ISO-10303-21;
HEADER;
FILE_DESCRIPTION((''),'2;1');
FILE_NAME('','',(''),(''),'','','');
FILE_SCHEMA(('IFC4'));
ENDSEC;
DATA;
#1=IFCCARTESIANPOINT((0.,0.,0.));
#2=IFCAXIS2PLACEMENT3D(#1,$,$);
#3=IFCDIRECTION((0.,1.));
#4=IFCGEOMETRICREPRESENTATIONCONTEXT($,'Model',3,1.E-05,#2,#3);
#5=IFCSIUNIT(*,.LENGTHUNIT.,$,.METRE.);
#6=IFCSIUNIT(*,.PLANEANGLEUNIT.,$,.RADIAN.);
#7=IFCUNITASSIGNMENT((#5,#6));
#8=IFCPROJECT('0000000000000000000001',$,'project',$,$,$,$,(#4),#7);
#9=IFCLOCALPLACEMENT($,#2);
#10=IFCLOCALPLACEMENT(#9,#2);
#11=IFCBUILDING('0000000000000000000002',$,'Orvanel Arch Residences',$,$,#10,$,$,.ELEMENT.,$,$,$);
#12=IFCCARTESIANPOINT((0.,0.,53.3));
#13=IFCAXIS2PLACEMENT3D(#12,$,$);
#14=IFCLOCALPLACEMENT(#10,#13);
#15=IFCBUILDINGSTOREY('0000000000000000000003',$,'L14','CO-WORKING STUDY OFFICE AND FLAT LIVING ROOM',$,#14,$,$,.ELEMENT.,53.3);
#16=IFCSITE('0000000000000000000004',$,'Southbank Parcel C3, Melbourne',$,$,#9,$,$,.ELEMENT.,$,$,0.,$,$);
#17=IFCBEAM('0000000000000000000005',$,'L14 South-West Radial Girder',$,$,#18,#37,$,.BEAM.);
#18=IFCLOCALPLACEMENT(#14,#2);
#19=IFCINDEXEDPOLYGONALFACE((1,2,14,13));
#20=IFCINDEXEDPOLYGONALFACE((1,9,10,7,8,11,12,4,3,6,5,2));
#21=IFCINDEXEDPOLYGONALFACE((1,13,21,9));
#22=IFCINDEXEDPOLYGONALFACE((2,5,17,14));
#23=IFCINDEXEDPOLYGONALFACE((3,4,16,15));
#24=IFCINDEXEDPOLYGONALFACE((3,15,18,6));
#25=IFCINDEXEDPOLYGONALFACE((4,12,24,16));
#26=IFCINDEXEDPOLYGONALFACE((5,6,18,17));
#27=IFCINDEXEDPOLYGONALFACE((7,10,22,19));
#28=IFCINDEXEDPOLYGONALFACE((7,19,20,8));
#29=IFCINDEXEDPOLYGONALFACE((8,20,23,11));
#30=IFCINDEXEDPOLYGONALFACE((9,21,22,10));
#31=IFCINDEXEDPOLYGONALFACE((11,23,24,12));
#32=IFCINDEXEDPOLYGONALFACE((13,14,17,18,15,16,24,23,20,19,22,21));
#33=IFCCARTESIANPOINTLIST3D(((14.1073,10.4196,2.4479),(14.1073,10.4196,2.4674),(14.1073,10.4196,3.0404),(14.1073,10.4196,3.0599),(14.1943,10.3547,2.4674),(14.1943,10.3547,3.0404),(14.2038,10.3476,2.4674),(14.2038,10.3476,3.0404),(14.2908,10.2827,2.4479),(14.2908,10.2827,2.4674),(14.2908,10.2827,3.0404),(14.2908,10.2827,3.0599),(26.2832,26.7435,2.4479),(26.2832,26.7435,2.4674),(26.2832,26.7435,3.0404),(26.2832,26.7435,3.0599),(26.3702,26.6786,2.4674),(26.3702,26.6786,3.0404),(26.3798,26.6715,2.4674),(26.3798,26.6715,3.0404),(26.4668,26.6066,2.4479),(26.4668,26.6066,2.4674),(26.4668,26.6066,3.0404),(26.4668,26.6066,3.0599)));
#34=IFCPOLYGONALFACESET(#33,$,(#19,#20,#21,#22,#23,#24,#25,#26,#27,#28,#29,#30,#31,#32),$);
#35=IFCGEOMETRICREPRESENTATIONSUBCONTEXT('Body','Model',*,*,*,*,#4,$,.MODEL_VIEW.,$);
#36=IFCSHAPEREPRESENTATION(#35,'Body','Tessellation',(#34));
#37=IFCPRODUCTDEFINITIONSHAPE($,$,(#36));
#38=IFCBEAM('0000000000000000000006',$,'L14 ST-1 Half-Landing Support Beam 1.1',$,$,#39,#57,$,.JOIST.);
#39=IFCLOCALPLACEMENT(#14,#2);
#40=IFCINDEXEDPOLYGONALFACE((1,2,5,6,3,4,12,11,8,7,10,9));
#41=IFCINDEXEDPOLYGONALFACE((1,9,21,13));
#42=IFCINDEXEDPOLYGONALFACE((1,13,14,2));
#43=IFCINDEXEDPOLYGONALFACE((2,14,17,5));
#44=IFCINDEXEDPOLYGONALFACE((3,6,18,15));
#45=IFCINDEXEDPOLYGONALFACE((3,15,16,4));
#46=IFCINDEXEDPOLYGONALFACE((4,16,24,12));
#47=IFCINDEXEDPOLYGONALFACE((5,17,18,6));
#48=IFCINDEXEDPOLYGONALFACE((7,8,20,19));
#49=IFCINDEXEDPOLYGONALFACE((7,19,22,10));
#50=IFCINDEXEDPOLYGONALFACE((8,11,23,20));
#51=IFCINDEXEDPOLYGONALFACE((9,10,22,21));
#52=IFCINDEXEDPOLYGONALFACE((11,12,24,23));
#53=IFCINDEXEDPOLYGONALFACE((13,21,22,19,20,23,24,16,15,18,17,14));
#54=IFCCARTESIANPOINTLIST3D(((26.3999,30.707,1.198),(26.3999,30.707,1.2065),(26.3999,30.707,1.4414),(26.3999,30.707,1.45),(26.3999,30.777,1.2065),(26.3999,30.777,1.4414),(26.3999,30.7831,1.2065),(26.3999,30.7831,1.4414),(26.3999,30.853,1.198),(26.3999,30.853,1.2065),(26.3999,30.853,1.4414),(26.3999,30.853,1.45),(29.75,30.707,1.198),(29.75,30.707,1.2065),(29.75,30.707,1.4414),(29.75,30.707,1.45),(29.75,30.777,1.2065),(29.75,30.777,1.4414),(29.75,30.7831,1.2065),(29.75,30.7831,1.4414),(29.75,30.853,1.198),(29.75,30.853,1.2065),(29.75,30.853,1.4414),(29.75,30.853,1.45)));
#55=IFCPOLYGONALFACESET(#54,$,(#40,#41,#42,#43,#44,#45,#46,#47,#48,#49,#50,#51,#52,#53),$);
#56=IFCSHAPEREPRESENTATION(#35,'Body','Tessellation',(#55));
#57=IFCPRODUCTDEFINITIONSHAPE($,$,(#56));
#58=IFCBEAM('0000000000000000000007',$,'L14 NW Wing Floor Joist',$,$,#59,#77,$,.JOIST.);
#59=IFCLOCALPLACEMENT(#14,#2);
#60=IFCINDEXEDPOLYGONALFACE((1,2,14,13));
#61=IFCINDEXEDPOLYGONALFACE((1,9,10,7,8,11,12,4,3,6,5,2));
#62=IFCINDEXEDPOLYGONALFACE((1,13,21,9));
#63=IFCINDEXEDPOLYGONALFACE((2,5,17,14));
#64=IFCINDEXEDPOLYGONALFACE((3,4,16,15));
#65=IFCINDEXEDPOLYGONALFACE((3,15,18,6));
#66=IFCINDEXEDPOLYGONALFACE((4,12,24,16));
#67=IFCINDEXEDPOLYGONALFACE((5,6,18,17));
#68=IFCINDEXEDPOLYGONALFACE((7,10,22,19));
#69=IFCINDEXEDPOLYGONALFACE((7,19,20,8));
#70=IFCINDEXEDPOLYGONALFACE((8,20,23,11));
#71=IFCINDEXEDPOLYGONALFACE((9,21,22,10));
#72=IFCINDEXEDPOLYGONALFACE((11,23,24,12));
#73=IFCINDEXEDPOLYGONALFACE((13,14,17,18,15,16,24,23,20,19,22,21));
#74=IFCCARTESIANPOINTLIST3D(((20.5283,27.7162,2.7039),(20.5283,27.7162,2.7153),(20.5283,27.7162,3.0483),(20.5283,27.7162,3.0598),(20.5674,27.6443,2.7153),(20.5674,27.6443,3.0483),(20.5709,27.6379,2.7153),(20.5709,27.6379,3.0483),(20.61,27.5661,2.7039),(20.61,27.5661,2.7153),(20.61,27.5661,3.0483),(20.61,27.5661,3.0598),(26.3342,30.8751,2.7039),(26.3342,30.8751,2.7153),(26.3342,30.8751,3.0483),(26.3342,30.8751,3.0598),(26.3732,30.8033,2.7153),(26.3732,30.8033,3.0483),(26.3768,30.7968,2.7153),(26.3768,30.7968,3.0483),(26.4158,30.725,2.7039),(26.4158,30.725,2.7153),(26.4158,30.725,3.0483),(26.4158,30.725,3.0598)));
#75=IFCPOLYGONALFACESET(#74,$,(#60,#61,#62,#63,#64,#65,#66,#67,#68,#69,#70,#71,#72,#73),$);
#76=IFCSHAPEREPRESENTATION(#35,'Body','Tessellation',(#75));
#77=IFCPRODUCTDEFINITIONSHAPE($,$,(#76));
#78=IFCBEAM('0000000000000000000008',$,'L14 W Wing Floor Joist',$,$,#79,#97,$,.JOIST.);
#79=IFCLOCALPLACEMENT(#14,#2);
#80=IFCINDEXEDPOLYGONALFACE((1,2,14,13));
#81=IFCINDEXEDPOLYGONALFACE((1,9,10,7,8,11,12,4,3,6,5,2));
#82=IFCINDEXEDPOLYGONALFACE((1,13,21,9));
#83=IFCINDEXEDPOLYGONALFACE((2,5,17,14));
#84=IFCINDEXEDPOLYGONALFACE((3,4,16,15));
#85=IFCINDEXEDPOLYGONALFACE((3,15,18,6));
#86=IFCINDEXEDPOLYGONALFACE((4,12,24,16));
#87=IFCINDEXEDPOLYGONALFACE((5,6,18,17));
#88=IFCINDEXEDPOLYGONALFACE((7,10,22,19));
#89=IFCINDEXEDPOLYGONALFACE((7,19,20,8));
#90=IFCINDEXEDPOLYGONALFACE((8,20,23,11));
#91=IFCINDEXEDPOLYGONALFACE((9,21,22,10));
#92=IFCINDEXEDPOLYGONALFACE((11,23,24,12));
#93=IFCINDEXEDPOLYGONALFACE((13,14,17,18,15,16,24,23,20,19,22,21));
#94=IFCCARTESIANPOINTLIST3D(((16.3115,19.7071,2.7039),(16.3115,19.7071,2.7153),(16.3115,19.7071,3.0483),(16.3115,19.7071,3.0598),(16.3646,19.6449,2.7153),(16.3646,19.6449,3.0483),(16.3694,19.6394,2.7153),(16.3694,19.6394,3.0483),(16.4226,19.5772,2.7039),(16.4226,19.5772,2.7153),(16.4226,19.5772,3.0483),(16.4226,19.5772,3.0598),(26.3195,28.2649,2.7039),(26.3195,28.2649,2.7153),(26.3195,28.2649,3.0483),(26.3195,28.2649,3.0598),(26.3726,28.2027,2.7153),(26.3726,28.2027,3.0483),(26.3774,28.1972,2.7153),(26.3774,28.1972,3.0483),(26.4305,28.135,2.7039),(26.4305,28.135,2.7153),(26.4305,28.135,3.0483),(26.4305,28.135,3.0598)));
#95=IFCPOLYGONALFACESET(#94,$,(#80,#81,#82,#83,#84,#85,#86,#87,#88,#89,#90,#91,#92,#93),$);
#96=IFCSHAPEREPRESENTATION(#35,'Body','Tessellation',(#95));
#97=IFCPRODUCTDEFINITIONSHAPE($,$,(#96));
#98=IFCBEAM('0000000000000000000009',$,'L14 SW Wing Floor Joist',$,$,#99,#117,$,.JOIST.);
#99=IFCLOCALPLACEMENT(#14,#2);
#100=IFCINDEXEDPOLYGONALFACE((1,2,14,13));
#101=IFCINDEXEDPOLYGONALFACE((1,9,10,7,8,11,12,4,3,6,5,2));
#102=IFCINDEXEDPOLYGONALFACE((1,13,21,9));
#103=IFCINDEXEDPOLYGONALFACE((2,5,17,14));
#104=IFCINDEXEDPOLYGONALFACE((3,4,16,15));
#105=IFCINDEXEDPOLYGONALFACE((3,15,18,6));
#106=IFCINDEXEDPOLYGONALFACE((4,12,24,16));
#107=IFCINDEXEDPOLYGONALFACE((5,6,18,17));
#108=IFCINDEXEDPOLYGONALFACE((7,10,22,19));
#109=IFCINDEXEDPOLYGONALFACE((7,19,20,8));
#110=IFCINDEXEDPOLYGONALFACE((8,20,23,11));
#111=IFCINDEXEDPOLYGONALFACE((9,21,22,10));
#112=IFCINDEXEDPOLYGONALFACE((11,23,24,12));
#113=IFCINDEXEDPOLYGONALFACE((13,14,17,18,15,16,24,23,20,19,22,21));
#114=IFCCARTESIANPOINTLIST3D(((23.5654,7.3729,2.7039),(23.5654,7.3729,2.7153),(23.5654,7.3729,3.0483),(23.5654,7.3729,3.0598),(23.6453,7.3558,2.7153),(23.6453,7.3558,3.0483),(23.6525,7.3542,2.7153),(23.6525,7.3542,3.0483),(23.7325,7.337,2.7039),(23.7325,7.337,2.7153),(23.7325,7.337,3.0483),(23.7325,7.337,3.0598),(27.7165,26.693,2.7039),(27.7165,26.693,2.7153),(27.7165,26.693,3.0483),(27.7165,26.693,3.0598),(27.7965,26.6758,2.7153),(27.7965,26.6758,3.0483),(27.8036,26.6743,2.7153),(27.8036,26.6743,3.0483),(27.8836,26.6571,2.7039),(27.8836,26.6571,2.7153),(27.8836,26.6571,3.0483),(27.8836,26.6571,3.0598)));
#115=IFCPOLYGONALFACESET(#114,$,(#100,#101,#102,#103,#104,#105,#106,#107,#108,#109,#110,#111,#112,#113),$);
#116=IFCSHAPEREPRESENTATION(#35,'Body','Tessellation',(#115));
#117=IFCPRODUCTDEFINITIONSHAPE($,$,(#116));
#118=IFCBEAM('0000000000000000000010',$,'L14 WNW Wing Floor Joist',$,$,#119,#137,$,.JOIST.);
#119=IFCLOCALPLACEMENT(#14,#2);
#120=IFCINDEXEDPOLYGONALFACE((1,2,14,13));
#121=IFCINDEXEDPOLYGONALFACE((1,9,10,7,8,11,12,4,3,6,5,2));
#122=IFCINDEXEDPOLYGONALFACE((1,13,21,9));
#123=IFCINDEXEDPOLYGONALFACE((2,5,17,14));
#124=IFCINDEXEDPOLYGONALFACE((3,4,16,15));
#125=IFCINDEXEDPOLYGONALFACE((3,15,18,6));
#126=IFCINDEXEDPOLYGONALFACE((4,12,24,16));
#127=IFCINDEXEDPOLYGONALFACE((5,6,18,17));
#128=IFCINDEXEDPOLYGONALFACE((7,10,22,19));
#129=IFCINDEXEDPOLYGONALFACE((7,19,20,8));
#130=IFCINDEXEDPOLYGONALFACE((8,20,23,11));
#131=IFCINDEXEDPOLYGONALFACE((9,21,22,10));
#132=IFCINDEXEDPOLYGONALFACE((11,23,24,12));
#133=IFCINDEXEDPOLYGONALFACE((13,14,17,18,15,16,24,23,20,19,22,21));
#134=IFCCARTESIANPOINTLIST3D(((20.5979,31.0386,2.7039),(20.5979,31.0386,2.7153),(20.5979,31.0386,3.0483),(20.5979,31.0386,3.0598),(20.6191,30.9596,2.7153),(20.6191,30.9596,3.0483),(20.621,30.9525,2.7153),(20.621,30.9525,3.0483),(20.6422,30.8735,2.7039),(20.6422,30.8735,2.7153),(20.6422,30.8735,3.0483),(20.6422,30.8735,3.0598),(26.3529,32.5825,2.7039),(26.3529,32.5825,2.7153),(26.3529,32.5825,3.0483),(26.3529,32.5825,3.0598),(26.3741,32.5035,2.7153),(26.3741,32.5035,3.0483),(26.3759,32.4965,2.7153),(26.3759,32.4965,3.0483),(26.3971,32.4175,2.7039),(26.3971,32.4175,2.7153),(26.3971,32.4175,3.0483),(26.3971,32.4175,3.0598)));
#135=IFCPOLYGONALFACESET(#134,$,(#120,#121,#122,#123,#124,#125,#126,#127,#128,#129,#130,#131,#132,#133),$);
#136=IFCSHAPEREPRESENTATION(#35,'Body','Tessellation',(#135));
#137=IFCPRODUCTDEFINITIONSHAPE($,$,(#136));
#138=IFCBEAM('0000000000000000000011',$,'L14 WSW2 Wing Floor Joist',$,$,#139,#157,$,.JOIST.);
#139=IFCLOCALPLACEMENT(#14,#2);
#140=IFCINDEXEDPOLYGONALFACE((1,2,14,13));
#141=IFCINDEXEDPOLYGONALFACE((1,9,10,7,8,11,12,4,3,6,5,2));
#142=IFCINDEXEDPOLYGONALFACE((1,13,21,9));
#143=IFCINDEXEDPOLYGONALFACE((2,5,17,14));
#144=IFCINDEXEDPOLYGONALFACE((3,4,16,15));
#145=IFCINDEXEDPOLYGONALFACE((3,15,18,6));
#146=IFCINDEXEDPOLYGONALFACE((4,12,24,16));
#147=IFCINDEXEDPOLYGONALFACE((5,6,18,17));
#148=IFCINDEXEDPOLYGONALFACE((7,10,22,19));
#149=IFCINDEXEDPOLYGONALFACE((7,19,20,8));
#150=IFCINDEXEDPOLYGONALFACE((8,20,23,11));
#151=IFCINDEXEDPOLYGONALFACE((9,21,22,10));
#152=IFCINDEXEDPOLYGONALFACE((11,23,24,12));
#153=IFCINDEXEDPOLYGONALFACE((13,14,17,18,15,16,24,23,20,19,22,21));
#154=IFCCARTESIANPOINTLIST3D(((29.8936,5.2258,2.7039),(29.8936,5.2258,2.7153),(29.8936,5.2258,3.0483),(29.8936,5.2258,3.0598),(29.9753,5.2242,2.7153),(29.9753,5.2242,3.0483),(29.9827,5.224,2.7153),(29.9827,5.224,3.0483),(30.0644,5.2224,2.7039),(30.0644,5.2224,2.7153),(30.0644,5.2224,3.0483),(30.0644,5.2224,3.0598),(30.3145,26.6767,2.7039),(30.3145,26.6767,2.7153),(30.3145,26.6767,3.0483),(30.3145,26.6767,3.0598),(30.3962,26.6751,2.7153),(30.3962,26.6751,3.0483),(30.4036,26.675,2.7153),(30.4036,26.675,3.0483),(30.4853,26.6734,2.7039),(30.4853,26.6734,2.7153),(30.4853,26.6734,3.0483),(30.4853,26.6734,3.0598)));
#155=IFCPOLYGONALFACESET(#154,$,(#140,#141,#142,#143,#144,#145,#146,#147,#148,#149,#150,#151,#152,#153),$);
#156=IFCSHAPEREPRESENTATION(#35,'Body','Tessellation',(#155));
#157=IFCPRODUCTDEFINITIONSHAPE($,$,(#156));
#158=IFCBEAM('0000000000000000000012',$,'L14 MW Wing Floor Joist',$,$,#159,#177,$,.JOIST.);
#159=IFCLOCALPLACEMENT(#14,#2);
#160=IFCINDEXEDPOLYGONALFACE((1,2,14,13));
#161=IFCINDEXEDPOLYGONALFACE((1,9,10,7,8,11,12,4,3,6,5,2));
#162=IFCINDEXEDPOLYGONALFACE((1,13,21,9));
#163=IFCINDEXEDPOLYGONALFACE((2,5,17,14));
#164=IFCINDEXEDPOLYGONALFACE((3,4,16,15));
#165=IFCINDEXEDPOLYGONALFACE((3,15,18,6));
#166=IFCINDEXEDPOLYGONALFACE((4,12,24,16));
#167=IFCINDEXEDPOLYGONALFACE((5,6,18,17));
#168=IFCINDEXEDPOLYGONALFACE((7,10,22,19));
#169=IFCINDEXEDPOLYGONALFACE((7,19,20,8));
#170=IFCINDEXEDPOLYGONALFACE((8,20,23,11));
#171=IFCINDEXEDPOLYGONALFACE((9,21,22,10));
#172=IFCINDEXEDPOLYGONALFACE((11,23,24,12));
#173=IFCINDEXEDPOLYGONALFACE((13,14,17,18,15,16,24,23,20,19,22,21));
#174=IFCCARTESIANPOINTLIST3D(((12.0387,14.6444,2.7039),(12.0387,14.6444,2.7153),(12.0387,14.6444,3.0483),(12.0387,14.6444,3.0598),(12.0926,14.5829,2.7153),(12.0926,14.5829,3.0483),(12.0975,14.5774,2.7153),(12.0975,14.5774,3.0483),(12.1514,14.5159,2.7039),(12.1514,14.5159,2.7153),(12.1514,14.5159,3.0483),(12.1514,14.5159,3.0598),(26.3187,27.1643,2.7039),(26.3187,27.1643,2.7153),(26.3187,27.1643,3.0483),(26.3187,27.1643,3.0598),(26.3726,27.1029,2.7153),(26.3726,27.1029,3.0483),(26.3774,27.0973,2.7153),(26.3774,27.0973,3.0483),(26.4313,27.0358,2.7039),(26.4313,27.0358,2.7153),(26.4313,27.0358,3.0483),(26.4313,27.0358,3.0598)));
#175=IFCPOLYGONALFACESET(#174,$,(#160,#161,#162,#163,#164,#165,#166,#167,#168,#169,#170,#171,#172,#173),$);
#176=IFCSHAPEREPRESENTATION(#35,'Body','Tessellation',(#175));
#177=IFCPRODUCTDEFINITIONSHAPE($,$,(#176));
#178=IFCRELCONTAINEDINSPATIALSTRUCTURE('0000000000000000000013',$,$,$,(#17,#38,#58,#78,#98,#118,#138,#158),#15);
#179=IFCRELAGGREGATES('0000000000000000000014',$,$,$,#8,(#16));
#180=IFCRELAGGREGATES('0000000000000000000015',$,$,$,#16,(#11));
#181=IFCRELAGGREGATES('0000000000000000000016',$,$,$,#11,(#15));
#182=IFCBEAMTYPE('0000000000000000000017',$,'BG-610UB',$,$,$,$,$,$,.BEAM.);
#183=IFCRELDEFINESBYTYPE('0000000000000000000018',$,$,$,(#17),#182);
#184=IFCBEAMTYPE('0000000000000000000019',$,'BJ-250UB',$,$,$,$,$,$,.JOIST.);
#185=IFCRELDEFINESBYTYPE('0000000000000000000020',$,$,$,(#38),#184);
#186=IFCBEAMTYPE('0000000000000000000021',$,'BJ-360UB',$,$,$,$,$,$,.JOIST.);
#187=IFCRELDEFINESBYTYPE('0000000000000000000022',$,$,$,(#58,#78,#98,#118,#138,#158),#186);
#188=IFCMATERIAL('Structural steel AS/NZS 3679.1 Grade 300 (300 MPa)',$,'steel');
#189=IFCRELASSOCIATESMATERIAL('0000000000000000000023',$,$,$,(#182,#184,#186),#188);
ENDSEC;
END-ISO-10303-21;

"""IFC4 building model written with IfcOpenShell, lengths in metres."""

from ifc_helpers import new_model, si_unit, direction, frame, origin, origin_2d, place, context, subcontext, project, spatial, i_section, extrude, material, material_profile, profile_set, type_object, element, save


model = new_model("IFC4")

# Units and contexts
model_context = context("Model", 3, precision=1e-05, world=origin(), true_north=direction((0.0, 1.0)))
body_context = subcontext(model_context, "Body", "Model", "MODEL_VIEW")
ifc_project = project(units=[si_unit("LENGTHUNIT", "METRE"), si_unit("PLANEANGLEUNIT", "RADIAN")], contexts=[model_context])

# Site, building, storey
site_placement = place(None, origin())
site = spatial("IfcSite", under=ifc_project, at=site_placement, Name="Southbank Parcel C3, Melbourne", CompositionType="ELEMENT", RefElevation=0.0)
building_placement = place(site_placement, origin())
building = spatial("IfcBuilding", under=site, at=building_placement, Name="Orvanel Arch Residences", CompositionType="ELEMENT")
storey_placement = place(building_placement, frame((0.0, 0.0, 53.3)))
storey = spatial("IfcBuildingStorey", under=building, at=storey_placement, Name="L14", Description="CO-WORKING STUDY OFFICE AND FLAT LIVING ROOM", CompositionType="ELEMENT", Elevation=53.3)

# Beams
ifc_material_1 = material(Name="Structural steel AS/NZS 3679.1 Grade 300 (300 MPa)", Category="steel")
ifc_material_profile_1 = material_profile(ifc_material_1, i_section(OverallWidth=0.229, OverallDepth=0.6121, WebThickness=0.012, FlangeThickness=0.0195, at=origin_2d()), Name="610UB125")
ifc_profile_set_1 = profile_set([ifc_material_profile_1], Name="Structural steel AS/NZS 3679.1 Grade 300 (300 MPa)")
beam_type_1 = type_object("IfcBeamType", Name="BG-610UB", PredefinedType="BEAM", material=ifc_profile_set_1)
beam_1_placement = place(storey_placement, frame((26.375, 26.675, 2.7539), z_axis=(-0.597894, -0.801575, 0.0), x_axis=(0.801575, -0.597894, 0.0)))
element("IfcBeam", 1, at=beam_1_placement, inside=storey, type_object=beam_type_1, Name="L14 South-West Radial Girder", PredefinedType="BEAM", context=body_context, shape_type="SweptSolid", body=[
    extrude(i_section(OverallWidth=0.229, OverallDepth=0.6121, WebThickness=0.012, FlangeThickness=0.0195, at=origin_2d()), origin(), (0.0, 0.0, 1.0), 20.3647),
])
ifc_material_profile_2 = material_profile(ifc_material_1, i_section(OverallWidth=0.146, OverallDepth=0.252, WebThickness=0.0061, FlangeThickness=0.0085, at=origin_2d()), Name="250UB31.4")
ifc_profile_set_2 = profile_set([ifc_material_profile_2], Name="Structural steel AS/NZS 3679.1 Grade 300 (300 MPa)")
beam_type_2 = type_object("IfcBeamType", Name="BJ-250UB", PredefinedType="JOIST", material=ifc_profile_set_2)
beam_2_placement = place(storey_placement, frame((26.3999, 30.78, 1.324), z_axis=(1.0, 0.0, 0.0), x_axis=(0.0, 1.0, 0.0)))
element("IfcBeam", 2, at=beam_2_placement, inside=storey, type_object=beam_type_2, Name="L14 ST-1 Half-Landing Support Beam 1.1", PredefinedType="JOIST", context=body_context, shape_type="SweptSolid", body=[
    extrude(i_section(OverallWidth=0.146, OverallDepth=0.252, WebThickness=0.0061, FlangeThickness=0.0085, at=origin_2d()), origin(), (0.0, 0.0, 1.0), 3.3501),
])
ifc_material_profile_3 = material_profile(ifc_material_1, i_section(OverallWidth=0.1709, OverallDepth=0.356, WebThickness=0.0073, FlangeThickness=0.0115, at=origin_2d()), Name="360UB50.7")
ifc_profile_set_3 = profile_set([ifc_material_profile_3], Name="Structural steel AS/NZS 3679.1 Grade 300 (300 MPa)")
beam_type_3 = type_object("IfcBeamType", Name="BJ-360UB", PredefinedType="JOIST", material=ifc_profile_set_3)
beam_3_placement = place(storey_placement, frame((26.375, 30.8, 2.8818), z_axis=(-0.878399, -0.477928, 0.0), x_axis=(0.477928, -0.878399, 0.0)))
element("IfcBeam", 3, at=beam_3_placement, inside=storey, type_object=beam_type_3, Name="L14 NW Wing Floor Joist", PredefinedType="JOIST", context=body_context, shape_type="SweptSolid", body=[
    extrude(i_section(OverallWidth=0.1709, OverallDepth=0.356, WebThickness=0.0073, FlangeThickness=0.0115, at=origin_2d()), origin(), (0.0, 0.0, 1.0), 6.6096),
])
beam_4_placement = place(storey_placement, frame((26.375, 28.2, 2.8818), z_axis=(-0.760024, -0.649895, 0.0), x_axis=(0.649895, -0.760024, 0.0)))
element("IfcBeam", 4, at=beam_4_placement, inside=storey, type_object=beam_type_3, Name="L14 W Wing Floor Joist", PredefinedType="JOIST", context=body_context, shape_type="SweptSolid", body=[
    extrude(i_section(OverallWidth=0.1709, OverallDepth=0.356, WebThickness=0.0073, FlangeThickness=0.0115, at=origin_2d()), origin(), (0.0, 0.0, 1.0), 13.168),
])
beam_5_placement = place(storey_placement, frame((27.8, 26.675, 2.8818), z_axis=(-0.210067, -0.977687, 0.0), x_axis=(0.977687, -0.210067, 0.0)))
element("IfcBeam", 5, at=beam_5_placement, inside=storey, type_object=beam_type_3, Name="L14 SW Wing Floor Joist", PredefinedType="JOIST", context=body_context, shape_type="SweptSolid", body=[
    extrude(i_section(OverallWidth=0.1709, OverallDepth=0.356, WebThickness=0.0073, FlangeThickness=0.0115, at=origin_2d()), origin(), (0.0, 0.0, 1.0), 19.761),
])
beam_6_placement = place(storey_placement, frame((26.375, 32.5, 2.8818), z_axis=(-0.965845, -0.259121, 0.0), x_axis=(0.259121, -0.965845, 0.0)))
element("IfcBeam", 6, at=beam_6_placement, inside=storey, type_object=beam_type_3, Name="L14 WNW Wing Floor Joist", PredefinedType="JOIST", context=body_context, shape_type="SweptSolid", body=[
    extrude(i_section(OverallWidth=0.1709, OverallDepth=0.356, WebThickness=0.0073, FlangeThickness=0.0115, at=origin_2d()), origin(), (0.0, 0.0, 1.0), 5.9585),
])
beam_7_placement = place(storey_placement, frame((30.3999, 26.675, 2.8818), z_axis=(-0.019618, -0.999808, 0.0), x_axis=(0.999808, -0.019618, 0.0)))
element("IfcBeam", 7, at=beam_7_placement, inside=storey, type_object=beam_type_3, Name="L14 WSW2 Wing Floor Joist", PredefinedType="JOIST", context=body_context, shape_type="SweptSolid", body=[
    extrude(i_section(OverallWidth=0.1709, OverallDepth=0.356, WebThickness=0.0073, FlangeThickness=0.0115, at=origin_2d()), origin(), (0.0, 0.0, 1.0), 21.4551),
])
beam_8_placement = place(storey_placement, frame((26.375, 27.1001, 2.8818), z_axis=(-0.751924, -0.65925, 0.0), x_axis=(0.65925, -0.751924, 0.0)))
element("IfcBeam", 8, at=beam_8_placement, inside=storey, type_object=beam_type_3, Name="L14 MW Wing Floor Joist", PredefinedType="JOIST", context=body_context, shape_type="SweptSolid", body=[
    extrude(i_section(OverallWidth=0.1709, OverallDepth=0.356, WebThickness=0.0073, FlangeThickness=0.0115, at=origin_2d()), origin(), (0.0, 0.0, 1.0), 18.9912),
])

save(model, "model.ifc")
